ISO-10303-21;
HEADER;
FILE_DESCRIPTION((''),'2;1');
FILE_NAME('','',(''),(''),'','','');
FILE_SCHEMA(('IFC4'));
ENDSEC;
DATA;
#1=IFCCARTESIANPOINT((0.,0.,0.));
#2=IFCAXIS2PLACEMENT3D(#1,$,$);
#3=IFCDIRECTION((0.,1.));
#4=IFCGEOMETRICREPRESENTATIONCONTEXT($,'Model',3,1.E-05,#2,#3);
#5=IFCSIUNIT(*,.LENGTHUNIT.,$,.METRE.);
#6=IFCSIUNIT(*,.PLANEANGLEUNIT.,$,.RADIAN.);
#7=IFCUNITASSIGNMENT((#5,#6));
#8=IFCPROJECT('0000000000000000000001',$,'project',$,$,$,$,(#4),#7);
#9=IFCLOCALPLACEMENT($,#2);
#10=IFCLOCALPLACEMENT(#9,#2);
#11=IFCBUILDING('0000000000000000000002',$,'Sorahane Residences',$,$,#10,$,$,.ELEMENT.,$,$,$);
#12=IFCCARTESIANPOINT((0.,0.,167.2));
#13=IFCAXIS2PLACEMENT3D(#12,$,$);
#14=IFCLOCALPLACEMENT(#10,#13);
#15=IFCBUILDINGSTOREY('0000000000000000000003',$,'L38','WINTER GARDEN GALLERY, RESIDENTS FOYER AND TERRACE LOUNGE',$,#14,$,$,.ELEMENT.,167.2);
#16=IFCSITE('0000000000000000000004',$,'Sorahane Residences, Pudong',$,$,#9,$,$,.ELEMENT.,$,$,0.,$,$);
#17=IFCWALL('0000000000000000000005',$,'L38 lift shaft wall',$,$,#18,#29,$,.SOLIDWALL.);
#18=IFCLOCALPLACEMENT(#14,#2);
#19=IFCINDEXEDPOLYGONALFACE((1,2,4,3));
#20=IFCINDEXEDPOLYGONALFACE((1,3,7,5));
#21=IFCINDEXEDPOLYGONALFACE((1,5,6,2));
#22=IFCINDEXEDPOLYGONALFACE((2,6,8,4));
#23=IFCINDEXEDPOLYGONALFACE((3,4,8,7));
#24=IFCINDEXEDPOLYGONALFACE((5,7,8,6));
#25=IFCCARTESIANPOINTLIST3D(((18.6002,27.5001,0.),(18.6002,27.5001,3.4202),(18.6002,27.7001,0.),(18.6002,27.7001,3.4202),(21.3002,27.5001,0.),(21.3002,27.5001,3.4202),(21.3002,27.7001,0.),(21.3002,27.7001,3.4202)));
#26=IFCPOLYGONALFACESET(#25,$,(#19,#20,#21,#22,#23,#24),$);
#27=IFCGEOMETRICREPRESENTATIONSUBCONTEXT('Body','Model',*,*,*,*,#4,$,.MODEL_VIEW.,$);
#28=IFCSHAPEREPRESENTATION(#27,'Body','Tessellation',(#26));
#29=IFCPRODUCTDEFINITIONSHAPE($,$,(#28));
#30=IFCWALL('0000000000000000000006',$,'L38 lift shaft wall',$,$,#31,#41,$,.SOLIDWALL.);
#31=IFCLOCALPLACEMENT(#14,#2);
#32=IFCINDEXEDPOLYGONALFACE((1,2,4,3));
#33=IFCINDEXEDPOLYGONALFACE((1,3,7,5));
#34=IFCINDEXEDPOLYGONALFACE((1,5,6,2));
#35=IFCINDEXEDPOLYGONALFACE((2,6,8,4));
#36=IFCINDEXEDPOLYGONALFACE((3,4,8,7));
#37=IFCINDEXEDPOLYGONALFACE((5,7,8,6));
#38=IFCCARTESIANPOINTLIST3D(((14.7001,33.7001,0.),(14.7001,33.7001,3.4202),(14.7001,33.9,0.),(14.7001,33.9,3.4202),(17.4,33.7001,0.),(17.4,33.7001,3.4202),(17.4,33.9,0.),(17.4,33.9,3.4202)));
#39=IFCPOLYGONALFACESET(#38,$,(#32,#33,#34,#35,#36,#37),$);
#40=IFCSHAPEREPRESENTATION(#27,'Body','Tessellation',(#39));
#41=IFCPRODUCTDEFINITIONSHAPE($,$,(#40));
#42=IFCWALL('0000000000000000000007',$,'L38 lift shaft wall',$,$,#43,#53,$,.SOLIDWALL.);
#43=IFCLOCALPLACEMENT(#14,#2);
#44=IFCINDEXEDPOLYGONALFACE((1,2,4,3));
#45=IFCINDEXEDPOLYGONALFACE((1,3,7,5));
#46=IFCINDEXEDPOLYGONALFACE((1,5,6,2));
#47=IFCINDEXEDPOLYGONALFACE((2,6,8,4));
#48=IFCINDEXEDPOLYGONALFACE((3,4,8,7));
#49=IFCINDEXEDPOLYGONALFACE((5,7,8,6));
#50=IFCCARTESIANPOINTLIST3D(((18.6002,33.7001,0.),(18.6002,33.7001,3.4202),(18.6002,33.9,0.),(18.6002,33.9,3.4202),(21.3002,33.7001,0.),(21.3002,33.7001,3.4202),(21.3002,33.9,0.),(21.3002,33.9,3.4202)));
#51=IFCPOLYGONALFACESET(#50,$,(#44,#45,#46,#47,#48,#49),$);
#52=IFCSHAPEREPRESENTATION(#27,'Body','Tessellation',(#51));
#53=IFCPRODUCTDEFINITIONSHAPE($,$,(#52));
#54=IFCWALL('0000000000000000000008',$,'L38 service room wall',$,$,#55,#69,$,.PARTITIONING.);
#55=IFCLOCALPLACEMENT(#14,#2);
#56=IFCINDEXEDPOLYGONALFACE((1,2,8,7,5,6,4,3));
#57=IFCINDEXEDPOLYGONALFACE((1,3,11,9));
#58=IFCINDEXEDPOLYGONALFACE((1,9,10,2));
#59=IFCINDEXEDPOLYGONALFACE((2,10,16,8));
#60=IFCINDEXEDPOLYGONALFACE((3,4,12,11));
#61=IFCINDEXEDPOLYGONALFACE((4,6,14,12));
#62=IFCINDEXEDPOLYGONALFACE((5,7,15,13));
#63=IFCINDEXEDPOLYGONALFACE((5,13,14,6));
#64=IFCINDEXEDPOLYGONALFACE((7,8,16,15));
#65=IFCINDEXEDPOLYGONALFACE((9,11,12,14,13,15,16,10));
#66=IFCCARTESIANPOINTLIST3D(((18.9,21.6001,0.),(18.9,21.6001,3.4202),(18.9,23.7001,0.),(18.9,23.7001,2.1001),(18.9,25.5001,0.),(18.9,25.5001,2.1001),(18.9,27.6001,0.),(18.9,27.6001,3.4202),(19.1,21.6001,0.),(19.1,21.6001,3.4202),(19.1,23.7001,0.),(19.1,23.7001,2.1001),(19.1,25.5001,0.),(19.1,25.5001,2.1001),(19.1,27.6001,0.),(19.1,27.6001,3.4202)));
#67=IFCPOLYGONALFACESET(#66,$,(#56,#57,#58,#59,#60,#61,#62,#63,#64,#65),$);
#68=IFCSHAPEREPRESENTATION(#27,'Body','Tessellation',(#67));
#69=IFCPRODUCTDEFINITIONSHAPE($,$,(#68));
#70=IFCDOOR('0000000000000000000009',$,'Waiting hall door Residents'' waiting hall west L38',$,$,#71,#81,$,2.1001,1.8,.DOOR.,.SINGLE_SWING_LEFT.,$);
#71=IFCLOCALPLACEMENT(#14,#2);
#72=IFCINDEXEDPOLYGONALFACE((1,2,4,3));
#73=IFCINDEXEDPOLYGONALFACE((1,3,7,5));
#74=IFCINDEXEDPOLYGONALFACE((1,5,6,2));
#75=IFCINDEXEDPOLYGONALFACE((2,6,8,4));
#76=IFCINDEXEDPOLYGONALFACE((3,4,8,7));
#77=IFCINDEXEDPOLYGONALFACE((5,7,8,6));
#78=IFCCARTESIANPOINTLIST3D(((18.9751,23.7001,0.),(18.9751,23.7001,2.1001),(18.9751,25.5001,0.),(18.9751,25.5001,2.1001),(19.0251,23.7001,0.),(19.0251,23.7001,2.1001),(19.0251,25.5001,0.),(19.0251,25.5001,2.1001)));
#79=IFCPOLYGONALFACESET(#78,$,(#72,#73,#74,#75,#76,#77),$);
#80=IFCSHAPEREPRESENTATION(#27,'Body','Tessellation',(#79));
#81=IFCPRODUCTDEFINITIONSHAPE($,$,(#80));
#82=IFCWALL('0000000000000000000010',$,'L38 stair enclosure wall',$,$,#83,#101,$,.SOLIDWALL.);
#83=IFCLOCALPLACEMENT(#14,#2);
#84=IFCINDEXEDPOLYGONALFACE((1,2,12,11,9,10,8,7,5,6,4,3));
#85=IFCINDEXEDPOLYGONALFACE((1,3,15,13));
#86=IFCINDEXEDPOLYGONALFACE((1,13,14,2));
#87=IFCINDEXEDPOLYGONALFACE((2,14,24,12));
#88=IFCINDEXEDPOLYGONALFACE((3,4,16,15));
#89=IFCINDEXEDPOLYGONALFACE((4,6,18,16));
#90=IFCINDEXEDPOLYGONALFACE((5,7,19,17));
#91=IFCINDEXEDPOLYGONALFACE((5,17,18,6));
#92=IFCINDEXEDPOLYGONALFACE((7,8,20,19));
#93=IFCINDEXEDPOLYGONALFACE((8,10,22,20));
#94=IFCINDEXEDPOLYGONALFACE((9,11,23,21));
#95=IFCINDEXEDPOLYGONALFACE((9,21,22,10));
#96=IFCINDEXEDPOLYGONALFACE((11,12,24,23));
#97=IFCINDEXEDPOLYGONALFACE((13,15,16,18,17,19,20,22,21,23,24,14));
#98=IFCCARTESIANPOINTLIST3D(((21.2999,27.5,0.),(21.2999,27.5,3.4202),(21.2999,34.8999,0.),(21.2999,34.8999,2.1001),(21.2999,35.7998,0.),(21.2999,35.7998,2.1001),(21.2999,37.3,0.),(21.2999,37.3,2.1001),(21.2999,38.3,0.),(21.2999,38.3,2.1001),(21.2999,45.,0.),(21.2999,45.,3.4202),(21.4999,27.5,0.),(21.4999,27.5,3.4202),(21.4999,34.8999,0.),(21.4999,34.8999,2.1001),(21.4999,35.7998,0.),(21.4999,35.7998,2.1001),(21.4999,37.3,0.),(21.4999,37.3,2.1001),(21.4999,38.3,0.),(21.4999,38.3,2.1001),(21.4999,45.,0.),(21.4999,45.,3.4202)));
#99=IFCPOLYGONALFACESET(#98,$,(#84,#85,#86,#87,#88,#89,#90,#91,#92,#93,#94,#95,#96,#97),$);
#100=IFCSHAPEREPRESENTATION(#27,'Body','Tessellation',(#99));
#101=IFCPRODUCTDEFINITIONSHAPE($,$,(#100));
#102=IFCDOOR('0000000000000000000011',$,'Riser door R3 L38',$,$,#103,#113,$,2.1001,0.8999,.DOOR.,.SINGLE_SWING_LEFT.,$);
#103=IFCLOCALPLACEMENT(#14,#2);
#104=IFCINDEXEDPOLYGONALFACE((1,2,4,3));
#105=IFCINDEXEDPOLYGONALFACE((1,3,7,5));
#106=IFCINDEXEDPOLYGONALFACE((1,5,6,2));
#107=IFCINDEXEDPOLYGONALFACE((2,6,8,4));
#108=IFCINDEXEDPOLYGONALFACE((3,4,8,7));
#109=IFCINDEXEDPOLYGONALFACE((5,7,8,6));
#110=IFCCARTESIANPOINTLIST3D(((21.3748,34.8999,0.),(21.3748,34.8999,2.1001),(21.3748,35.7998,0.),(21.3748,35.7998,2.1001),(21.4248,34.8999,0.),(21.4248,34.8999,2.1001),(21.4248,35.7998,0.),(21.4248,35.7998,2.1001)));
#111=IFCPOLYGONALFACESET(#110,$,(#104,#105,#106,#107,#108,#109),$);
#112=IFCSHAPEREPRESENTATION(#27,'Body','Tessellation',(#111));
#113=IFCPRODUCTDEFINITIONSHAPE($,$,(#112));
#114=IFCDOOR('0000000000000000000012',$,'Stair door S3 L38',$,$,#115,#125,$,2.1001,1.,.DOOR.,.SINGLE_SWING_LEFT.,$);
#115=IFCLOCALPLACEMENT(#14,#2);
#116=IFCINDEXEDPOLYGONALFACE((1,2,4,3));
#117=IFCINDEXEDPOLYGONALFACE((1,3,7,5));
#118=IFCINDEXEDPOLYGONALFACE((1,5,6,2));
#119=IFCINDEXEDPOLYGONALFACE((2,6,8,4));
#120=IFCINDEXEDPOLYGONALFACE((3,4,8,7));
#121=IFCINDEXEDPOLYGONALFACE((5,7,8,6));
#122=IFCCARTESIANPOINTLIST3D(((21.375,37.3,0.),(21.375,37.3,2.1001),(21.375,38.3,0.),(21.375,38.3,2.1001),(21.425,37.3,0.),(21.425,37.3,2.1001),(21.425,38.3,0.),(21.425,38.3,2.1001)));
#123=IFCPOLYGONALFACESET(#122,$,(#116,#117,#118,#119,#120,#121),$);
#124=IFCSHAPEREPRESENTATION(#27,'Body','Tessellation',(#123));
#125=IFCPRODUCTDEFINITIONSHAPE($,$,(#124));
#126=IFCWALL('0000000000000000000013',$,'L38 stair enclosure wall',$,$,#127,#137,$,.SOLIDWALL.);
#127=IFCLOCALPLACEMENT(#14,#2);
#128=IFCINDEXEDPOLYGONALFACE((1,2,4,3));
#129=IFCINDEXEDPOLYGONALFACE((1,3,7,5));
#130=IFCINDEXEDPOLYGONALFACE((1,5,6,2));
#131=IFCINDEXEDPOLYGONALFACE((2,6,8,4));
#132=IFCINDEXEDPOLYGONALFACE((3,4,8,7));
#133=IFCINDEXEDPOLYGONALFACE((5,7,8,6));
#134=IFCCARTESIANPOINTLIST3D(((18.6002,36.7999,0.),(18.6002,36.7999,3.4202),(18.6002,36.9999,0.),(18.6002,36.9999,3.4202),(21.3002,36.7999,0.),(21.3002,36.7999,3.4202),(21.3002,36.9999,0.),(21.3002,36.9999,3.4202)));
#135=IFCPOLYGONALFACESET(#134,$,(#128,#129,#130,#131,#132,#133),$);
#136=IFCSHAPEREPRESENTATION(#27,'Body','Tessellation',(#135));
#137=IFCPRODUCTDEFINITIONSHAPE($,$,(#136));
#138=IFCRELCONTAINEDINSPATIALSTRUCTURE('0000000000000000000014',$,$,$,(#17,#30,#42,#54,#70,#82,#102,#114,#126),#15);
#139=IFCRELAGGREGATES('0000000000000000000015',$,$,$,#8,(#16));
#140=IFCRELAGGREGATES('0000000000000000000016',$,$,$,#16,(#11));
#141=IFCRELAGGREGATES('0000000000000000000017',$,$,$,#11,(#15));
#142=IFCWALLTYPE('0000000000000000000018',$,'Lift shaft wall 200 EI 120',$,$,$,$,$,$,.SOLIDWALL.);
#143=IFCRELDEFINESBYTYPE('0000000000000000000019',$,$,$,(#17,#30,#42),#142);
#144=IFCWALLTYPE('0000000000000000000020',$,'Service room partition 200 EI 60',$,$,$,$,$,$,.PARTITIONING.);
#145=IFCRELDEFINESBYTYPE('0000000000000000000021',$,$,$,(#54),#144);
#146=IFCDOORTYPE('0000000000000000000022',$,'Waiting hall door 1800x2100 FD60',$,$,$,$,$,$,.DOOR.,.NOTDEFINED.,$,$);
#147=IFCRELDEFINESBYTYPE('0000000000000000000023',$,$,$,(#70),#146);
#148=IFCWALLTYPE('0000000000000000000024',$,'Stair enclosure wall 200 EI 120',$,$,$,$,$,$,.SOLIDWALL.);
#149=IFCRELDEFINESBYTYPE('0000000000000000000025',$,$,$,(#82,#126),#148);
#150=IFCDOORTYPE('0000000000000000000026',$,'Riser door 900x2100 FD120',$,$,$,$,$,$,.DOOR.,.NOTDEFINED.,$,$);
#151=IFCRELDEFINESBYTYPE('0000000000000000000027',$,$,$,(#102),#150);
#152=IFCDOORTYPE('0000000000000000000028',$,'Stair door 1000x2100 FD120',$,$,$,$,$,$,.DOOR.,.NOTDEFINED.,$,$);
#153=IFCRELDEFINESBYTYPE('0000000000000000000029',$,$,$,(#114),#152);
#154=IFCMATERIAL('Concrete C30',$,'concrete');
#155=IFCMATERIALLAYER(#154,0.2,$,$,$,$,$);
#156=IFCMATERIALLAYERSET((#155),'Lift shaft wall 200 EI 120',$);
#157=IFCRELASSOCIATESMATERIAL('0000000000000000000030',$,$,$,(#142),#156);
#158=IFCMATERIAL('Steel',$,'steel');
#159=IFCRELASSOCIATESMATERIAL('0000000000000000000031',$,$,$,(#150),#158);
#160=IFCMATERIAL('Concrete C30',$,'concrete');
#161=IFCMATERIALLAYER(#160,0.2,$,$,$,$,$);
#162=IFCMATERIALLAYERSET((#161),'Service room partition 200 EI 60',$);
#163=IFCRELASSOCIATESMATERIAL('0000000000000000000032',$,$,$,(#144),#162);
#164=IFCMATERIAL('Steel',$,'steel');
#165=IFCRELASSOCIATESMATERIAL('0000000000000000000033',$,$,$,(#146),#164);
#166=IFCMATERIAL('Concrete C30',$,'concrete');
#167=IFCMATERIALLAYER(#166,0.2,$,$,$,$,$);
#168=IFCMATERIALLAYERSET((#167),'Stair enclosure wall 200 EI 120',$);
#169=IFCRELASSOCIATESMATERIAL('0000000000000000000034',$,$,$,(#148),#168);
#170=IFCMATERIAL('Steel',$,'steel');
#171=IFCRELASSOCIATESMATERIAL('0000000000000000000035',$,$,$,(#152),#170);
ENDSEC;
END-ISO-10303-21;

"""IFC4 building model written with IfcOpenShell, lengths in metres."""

from ifc_helpers import new_model, si_unit, direction, frame, frame_2d, origin, place, context, subcontext, project, spatial, rectangle, extrude, material, layer, layer_set, type_object, element, fill, save


model = new_model("IFC4")

# Units and contexts
model_context = context("Model", 3, precision=1e-05, world=origin(), true_north=direction((0.0, 1.0)))
body_context = subcontext(model_context, "Body", "Model", "MODEL_VIEW")
ifc_project = project(units=[si_unit("LENGTHUNIT", "METRE"), si_unit("PLANEANGLEUNIT", "RADIAN")], contexts=[model_context])

# Site, building, storey
site_placement = place(None, origin())
site = spatial("IfcSite", under=ifc_project, at=site_placement, Name="Sorahane Residences, Pudong", CompositionType="ELEMENT", RefElevation=0.0)
building_placement = place(site_placement, origin())
building = spatial("IfcBuilding", under=site, at=building_placement, Name="Sorahane Residences", CompositionType="ELEMENT")
storey_placement = place(building_placement, frame((0.0, 0.0, 167.2)))
storey = spatial("IfcBuildingStorey", under=building, at=storey_placement, Name="L38", Description="WINTER GARDEN GALLERY, RESIDENTS FOYER AND TERRACE LOUNGE", CompositionType="ELEMENT", Elevation=167.2)

# Shared definitions
ifc_material_1 = material(Name="Concrete C30", Category="concrete")
ifc_layer_1 = layer(ifc_material_1, 0.2)
ifc_layer_set_1 = layer_set([ifc_layer_1], Name="Lift shaft wall 200 EI 120")
wall_type_1 = type_object("IfcWallType", Name="Lift shaft wall 200 EI 120", PredefinedType="SOLIDWALL", material=ifc_layer_set_1)
ifc_material_2 = material(Name="Steel", Category="steel")
door_type_1 = type_object("IfcDoorType", Name="Riser door 900x2100 FD120", OperationType="NOTDEFINED", PredefinedType="DOOR", material=ifc_material_2)

# Walls
for number, where, z_axis, x_axis, name in (
    (1, (18.6001, 27.6001, 0.0), (0.0, 0.0, 1.0), (1.0, 0.0, 0.0), "L38 lift shaft wall"),
    (2, (14.7, 33.8, 0.0), (0.0, 0.0, 1.0), (1.0, 0.0, 0.0), "L38 lift shaft wall"),
    (3, (18.6001, 33.8, 0.0), (0.0, 0.0, 1.0), (1.0, 0.0, 0.0), "L38 lift shaft wall"),
):
    element("IfcWall", number, at=place(storey_placement, frame(where, z_axis=z_axis, x_axis=x_axis)), inside=storey, type_object=wall_type_1, Name=name, PredefinedType="SOLIDWALL", context=body_context, shape_type="SweptSolid", body=[
        extrude(rectangle(XDim=2.7, YDim=0.2, at=frame_2d((1.3501, 0.0))), origin(), (0.0, 0.0, 1.0), 3.4202),
    ])

# Wall, opening, door
ifc_material_3 = material(Name="Concrete C30", Category="concrete")
ifc_layer_2 = layer(ifc_material_3, 0.2)
ifc_layer_set_2 = layer_set([ifc_layer_2], Name="Service room partition 200 EI 60")
wall_type_2 = type_object("IfcWallType", Name="Service room partition 200 EI 60", PredefinedType="PARTITIONING", material=ifc_layer_set_2)
wall_1_placement = place(storey_placement, frame((19.0, 21.6001, 0.0), z_axis=(0.0, 0.0, 1.0), x_axis=(0.0, 1.0, 0.0)))
wall_1 = element("IfcWall", 4, at=wall_1_placement, inside=storey, type_object=wall_type_2, Name="L38 service room wall", PredefinedType="PARTITIONING", context=body_context, shape_type="SweptSolid", body=[
    extrude(rectangle(XDim=6.0, YDim=0.2, at=frame_2d((3.0, 0.0))), origin(), (0.0, 0.0, 1.0), 3.4202),
])
opening_1_placement = place(wall_1_placement, frame((2.1001, 0.0, 0.0)))
opening_1 = element("IfcOpeningElement", 5, at=opening_1_placement, cuts=wall_1, PredefinedType="OPENING", context=body_context, shape_type="SweptSolid", body=[
    extrude(rectangle(XDim=1.8, YDim=2.1001, at=frame_2d((0.8999, 1.05))), frame((0.0, 0.1099, 0.0), z_axis=(0.0, -1.0, 0.0), x_axis=(1.0, 0.0, 0.0)), (0.0, 0.0, 1.0), 0.22),
])
ifc_material_4 = material(Name="Steel", Category="steel")
door_type_2 = type_object("IfcDoorType", Name="Waiting hall door 1800x2100 FD60", OperationType="NOTDEFINED", PredefinedType="DOOR", material=ifc_material_4)
door_1_placement = place(opening_1_placement, origin())
door_1 = element("IfcDoor", 6, at=door_1_placement, inside=storey, type_object=door_type_2, Name="Waiting hall door Residents' waiting hall west L38", OperationType="SINGLE_SWING_LEFT", OverallHeight=2.1001, OverallWidth=1.8, PredefinedType="DOOR", context=body_context, shape_type="SweptSolid", body=[
    extrude(rectangle(XDim=1.8, YDim=2.1001, at=frame_2d((0.8999, 1.05))), frame((0.0, 0.0249, 0.0), z_axis=(0.0, -1.0, 0.0), x_axis=(1.0, 0.0, 0.0)), (0.0, 0.0, 1.0), 0.05),
])
fill(opening_1, door_1)

# Wall, openings, doors
ifc_material_5 = material(Name="Concrete C30", Category="concrete")
ifc_layer_3 = layer(ifc_material_5, 0.2)
ifc_layer_set_3 = layer_set([ifc_layer_3], Name="Stair enclosure wall 200 EI 120")
wall_type_3 = type_object("IfcWallType", Name="Stair enclosure wall 200 EI 120", PredefinedType="SOLIDWALL", material=ifc_layer_set_3)
wall_2_placement = place(storey_placement, frame((21.3999, 27.5, 0.0), z_axis=(0.0, 0.0, 1.0), x_axis=(0.0, 1.0, 0.0)))
wall_2 = element("IfcWall", 7, at=wall_2_placement, inside=storey, type_object=wall_type_3, Name="L38 stair enclosure wall", PredefinedType="SOLIDWALL", context=body_context, shape_type="SweptSolid", body=[
    extrude(rectangle(XDim=17.5, YDim=0.2, at=frame_2d((8.75, 0.0))), origin(), (0.0, 0.0, 1.0), 3.4202),
])
opening_2_placement = place(wall_2_placement, frame((9.8, 0.0, 0.0)))
opening_2 = element("IfcOpeningElement", 8, at=opening_2_placement, cuts=wall_2, PredefinedType="OPENING", context=body_context, shape_type="SweptSolid", body=[
    extrude(rectangle(XDim=1.0, YDim=2.1001, at=frame_2d((0.5, 1.05))), frame((0.0, 0.1099, 0.0), z_axis=(0.0, -1.0, 0.0), x_axis=(1.0, 0.0, 0.0)), (0.0, 0.0, 1.0), 0.22),
])
opening_3_placement = place(wall_2_placement, frame((7.3999, 0.0, 0.0)))
opening_3 = element("IfcOpeningElement", 9, at=opening_3_placement, cuts=wall_2, PredefinedType="OPENING", context=body_context, shape_type="SweptSolid", body=[
    extrude(rectangle(XDim=0.8999, YDim=2.1001, at=frame_2d((0.45, 1.05))), frame((0.0, 0.1099, 0.0), z_axis=(0.0, -1.0, 0.0), x_axis=(1.0, 0.0, 0.0)), (0.0, 0.0, 1.0), 0.22),
])
door_2_placement = place(opening_3_placement, frame((0.8999, 0.0, 0.0), z_axis=(0.0, 0.0, 1.0), x_axis=(-1.0, 0.0, 0.0)))
door_2 = element("IfcDoor", 10, at=door_2_placement, inside=storey, type_object=door_type_1, Name="Riser door R3 L38", OperationType="SINGLE_SWING_LEFT", OverallHeight=2.1001, OverallWidth=0.8999, PredefinedType="DOOR", context=body_context, shape_type="SweptSolid", body=[
    extrude(rectangle(XDim=0.8999, YDim=2.1001, at=frame_2d((0.45, 1.05))), frame((0.0, 0.0249, 0.0), z_axis=(0.0, -1.0, 0.0), x_axis=(1.0, 0.0, 0.0)), (0.0, 0.0, 1.0), 0.05),
])
fill(opening_3, door_2)
ifc_material_6 = material(Name="Steel", Category="steel")
door_type_3 = type_object("IfcDoorType", Name="Stair door 1000x2100 FD120", OperationType="NOTDEFINED", PredefinedType="DOOR", material=ifc_material_6)
door_3_placement = place(opening_2_placement, origin())
door_3 = element("IfcDoor", 11, at=door_3_placement, inside=storey, type_object=door_type_3, Name="Stair door S3 L38", OperationType="SINGLE_SWING_LEFT", OverallHeight=2.1001, OverallWidth=1.0, PredefinedType="DOOR", context=body_context, shape_type="SweptSolid", body=[
    extrude(rectangle(XDim=1.0, YDim=2.1001, at=frame_2d((0.5, 1.05))), frame((0.0, 0.0249, 0.0), z_axis=(0.0, -1.0, 0.0), x_axis=(1.0, 0.0, 0.0)), (0.0, 0.0, 1.0), 0.05),
])
fill(opening_2, door_3)

# Wall
wall_3_placement = place(storey_placement, frame((18.6001, 36.8999, 0.0), z_axis=(0.0, 0.0, 1.0), x_axis=(1.0, 0.0, 0.0)))
element("IfcWall", 12, at=wall_3_placement, inside=storey, type_object=wall_type_3, Name="L38 stair enclosure wall", PredefinedType="SOLIDWALL", context=body_context, shape_type="SweptSolid", body=[
    extrude(rectangle(XDim=2.7, YDim=0.2, at=frame_2d((1.3501, 0.0))), origin(), (0.0, 0.0, 1.0), 3.4202),
])

save(model, "model.ifc")
